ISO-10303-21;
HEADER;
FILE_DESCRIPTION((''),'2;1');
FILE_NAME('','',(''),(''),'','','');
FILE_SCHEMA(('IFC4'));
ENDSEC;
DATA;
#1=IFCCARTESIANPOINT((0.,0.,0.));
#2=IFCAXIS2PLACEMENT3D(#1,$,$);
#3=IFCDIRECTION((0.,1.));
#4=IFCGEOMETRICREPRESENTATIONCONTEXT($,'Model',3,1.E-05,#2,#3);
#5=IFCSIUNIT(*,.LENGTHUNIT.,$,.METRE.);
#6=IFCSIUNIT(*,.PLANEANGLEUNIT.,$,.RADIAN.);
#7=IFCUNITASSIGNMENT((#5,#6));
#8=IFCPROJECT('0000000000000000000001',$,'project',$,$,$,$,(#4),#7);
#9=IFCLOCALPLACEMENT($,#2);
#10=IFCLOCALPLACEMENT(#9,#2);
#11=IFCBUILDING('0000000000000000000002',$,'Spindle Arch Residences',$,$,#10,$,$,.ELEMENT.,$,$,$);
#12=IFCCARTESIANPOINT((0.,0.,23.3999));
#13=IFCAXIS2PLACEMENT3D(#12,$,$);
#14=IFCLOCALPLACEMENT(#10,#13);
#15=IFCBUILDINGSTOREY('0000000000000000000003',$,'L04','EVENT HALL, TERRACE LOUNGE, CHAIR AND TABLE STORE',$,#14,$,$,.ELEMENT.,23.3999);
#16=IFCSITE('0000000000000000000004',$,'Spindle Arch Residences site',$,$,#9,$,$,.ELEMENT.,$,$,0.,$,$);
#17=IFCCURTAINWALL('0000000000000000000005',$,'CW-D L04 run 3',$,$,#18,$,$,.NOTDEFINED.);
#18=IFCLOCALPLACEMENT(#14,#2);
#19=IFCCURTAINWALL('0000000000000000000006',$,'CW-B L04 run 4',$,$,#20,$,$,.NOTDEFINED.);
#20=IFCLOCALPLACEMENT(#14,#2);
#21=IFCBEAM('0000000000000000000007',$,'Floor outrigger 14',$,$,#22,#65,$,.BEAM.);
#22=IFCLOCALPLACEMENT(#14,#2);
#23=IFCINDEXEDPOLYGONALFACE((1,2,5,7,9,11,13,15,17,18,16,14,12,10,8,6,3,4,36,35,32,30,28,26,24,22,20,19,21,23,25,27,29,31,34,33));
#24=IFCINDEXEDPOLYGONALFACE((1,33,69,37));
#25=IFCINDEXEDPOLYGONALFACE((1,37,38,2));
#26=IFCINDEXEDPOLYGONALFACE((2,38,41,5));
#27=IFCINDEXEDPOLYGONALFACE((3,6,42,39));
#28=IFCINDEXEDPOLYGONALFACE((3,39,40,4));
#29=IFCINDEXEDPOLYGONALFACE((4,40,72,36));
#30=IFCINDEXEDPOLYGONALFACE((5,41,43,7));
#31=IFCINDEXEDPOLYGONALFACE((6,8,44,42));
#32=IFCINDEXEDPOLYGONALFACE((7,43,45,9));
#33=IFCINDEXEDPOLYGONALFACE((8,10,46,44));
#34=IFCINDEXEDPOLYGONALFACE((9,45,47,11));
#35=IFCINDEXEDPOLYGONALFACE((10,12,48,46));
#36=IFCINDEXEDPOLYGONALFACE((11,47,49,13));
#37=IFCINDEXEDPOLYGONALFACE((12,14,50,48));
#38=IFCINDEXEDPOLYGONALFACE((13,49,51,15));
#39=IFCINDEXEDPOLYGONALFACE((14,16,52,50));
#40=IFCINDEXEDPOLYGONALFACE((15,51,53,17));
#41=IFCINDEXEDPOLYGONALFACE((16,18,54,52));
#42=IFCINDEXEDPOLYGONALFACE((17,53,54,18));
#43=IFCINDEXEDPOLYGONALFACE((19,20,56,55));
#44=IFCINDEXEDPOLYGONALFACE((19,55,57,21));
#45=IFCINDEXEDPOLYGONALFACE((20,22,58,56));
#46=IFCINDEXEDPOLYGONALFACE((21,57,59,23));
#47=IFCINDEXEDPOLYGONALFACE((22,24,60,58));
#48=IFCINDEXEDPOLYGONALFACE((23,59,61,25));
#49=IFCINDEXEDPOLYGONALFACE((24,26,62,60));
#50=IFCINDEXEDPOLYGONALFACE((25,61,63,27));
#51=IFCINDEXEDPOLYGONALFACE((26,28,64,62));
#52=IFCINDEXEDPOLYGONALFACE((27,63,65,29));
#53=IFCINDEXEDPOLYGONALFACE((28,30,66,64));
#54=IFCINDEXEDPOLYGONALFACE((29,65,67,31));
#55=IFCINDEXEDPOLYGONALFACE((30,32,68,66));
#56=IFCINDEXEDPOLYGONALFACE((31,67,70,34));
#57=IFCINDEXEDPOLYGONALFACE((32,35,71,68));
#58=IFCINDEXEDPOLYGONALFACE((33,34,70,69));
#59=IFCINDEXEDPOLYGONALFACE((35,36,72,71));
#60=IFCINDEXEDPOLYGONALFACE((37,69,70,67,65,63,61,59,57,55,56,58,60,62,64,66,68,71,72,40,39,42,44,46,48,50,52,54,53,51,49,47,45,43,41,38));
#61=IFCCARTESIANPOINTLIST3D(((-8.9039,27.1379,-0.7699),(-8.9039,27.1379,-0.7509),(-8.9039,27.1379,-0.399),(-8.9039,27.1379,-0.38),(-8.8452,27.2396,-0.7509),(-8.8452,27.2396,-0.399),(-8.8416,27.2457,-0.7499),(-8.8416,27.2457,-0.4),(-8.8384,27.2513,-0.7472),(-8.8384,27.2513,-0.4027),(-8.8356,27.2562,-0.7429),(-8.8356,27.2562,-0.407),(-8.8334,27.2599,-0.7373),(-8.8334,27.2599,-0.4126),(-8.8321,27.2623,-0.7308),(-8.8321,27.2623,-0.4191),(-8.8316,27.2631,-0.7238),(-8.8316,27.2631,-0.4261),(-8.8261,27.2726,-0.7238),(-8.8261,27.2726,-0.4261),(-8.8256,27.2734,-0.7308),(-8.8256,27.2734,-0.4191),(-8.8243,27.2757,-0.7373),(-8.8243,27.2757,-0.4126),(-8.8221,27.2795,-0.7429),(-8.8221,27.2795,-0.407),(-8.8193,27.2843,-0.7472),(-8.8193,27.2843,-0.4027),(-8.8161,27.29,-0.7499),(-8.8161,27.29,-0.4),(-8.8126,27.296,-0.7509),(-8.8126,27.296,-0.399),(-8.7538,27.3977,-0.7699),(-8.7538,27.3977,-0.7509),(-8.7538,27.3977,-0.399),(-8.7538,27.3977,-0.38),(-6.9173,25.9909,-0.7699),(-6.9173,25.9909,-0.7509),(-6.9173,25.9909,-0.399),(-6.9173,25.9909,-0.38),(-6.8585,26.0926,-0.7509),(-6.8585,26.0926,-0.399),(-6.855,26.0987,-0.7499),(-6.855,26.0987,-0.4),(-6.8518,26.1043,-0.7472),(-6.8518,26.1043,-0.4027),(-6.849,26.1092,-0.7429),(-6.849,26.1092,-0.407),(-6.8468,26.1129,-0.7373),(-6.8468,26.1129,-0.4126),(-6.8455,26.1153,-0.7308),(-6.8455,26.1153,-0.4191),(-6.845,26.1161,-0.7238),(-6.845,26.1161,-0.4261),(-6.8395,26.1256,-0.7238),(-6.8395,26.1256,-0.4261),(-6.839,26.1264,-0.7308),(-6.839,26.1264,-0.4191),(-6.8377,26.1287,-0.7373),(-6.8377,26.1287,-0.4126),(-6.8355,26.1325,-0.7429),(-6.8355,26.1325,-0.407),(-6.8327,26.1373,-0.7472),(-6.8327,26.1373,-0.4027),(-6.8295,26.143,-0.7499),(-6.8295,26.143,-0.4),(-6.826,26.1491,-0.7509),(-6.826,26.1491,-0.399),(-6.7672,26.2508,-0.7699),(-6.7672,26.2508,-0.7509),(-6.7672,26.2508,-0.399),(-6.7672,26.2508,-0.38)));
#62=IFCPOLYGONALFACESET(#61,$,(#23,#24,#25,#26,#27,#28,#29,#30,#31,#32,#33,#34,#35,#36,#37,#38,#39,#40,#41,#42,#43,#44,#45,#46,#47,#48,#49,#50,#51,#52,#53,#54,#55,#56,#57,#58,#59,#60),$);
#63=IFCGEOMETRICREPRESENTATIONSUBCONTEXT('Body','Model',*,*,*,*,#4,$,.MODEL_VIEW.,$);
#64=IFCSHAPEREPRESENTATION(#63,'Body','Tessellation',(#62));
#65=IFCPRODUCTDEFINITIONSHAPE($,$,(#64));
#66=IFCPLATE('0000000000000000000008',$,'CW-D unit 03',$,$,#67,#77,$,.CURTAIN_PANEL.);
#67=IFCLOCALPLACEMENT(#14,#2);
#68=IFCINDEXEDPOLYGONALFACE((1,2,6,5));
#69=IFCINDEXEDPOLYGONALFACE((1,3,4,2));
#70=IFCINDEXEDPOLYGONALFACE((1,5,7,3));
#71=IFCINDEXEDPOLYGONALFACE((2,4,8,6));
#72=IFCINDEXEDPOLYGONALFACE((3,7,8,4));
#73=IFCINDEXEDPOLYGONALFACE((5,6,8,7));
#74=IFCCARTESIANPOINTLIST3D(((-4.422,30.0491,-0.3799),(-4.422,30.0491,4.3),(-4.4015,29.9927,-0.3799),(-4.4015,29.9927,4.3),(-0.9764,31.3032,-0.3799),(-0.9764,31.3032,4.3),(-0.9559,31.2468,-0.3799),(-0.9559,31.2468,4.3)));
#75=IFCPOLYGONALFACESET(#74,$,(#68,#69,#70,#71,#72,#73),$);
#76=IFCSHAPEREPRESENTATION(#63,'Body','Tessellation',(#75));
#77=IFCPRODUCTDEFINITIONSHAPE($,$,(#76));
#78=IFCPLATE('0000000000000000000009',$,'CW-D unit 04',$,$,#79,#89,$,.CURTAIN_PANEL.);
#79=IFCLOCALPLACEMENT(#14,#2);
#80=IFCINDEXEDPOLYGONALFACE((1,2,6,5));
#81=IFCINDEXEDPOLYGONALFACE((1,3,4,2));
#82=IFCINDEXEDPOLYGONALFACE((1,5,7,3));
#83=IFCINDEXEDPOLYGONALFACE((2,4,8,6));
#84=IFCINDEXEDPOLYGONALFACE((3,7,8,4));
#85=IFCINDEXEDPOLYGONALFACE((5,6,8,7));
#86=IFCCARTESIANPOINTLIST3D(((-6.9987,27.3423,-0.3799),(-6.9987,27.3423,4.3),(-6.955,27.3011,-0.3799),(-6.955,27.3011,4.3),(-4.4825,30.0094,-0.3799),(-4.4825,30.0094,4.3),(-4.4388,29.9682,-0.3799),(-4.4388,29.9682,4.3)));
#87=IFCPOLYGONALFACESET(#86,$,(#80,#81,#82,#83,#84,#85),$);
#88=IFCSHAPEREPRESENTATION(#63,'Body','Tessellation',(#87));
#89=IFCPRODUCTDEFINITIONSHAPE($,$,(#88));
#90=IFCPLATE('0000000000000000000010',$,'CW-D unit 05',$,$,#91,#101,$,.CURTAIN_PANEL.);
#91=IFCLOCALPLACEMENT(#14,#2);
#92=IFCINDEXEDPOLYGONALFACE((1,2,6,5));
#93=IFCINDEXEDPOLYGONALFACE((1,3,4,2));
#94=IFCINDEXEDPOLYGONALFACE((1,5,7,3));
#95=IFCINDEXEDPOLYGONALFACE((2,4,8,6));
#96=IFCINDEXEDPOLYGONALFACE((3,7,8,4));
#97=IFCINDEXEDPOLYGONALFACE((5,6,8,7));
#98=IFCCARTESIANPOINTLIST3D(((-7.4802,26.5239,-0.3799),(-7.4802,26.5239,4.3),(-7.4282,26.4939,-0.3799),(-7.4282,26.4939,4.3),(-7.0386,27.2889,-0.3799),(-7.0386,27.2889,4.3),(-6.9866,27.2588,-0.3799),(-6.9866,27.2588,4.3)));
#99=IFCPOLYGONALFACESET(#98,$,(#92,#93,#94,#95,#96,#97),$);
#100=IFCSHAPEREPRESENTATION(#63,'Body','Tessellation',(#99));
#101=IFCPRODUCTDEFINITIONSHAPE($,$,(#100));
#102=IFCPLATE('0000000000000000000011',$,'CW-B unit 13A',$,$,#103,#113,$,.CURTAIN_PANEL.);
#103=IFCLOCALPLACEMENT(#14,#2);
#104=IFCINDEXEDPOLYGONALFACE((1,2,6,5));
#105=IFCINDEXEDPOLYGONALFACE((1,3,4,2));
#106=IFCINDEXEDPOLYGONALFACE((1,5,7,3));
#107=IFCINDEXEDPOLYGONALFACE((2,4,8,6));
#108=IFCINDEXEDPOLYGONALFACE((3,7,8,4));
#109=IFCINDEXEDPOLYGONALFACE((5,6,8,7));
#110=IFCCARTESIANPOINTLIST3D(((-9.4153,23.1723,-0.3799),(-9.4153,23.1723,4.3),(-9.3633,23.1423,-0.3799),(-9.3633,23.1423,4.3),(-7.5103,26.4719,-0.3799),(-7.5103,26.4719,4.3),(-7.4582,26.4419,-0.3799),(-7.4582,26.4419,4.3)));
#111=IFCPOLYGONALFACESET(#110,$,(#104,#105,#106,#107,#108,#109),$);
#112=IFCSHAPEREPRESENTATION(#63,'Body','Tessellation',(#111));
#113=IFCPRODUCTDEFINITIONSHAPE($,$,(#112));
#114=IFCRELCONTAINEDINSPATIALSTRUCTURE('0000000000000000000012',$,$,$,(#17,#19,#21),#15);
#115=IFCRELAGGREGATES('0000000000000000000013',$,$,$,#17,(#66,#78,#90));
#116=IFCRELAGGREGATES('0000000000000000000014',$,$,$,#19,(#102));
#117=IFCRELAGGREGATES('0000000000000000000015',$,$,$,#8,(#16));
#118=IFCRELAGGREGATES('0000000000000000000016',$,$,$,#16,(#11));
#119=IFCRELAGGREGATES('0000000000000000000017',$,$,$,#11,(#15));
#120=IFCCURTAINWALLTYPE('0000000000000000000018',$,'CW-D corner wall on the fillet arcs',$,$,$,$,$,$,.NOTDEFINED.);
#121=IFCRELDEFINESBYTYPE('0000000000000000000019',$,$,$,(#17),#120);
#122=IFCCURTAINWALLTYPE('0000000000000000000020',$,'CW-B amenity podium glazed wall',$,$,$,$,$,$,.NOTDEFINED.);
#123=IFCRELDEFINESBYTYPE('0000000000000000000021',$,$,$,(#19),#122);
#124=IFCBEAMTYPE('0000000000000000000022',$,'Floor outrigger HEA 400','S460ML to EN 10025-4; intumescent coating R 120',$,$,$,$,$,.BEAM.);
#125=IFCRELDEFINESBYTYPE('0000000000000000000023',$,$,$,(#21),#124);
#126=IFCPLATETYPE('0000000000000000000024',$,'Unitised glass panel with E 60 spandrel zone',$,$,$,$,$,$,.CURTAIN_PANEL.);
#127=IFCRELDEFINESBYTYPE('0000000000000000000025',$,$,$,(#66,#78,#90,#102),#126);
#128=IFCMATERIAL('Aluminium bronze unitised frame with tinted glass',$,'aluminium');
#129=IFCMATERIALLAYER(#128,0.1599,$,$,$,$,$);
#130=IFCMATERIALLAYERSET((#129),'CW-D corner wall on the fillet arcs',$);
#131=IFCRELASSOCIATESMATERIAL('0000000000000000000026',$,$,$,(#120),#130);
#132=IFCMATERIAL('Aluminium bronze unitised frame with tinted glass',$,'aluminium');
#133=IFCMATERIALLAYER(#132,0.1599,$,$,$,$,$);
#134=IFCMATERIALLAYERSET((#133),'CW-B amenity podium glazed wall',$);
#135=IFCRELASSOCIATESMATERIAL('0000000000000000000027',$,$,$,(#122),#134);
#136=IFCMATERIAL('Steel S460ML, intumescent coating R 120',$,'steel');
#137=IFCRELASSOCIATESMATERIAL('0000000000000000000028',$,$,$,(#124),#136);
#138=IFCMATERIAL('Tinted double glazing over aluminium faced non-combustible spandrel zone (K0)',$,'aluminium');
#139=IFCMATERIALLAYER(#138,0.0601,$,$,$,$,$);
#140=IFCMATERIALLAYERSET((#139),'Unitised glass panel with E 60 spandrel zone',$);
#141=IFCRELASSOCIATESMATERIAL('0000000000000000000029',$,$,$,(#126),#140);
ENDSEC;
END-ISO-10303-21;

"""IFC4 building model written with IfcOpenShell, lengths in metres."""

from ifc_helpers import new_model, si_unit, direction, frame, origin, origin_2d, place, context, subcontext, project, spatial, rectangle, i_section, extrude, material, layer, layer_set, material_profile, profile_set, type_object, element, aggregate, save


model = new_model("IFC4")

# Units and contexts
model_context = context("Model", 3, precision=1e-05, world=origin(), true_north=direction((0.0, 1.0)))
body_context = subcontext(model_context, "Body", "Model", "MODEL_VIEW")
ifc_project = project(units=[si_unit("LENGTHUNIT", "METRE"), si_unit("PLANEANGLEUNIT", "RADIAN")], contexts=[model_context])

# Site, building, storey
site_placement = place(None, origin())
site = spatial("IfcSite", under=ifc_project, at=site_placement, Name="Spindle Arch Residences site", CompositionType="ELEMENT", RefElevation=0.0)
building_placement = place(site_placement, origin())
building = spatial("IfcBuilding", under=site, at=building_placement, Name="Spindle Arch Residences", CompositionType="ELEMENT")
storey_placement = place(building_placement, frame((0.0, 0.0, 23.3999)))
storey = spatial("IfcBuildingStorey", under=building, at=storey_placement, Name="L04", Description="EVENT HALL, TERRACE LOUNGE, CHAIR AND TABLE STORE", CompositionType="ELEMENT", Elevation=23.3999)

# Curtain wall
ifc_material_1 = material(Name="Aluminium bronze unitised frame with tinted glass", Category="aluminium")
ifc_layer_1 = layer(ifc_material_1, 0.1599)
ifc_layer_set_1 = layer_set([ifc_layer_1], Name="CW-D corner wall on the fillet arcs")
curtain_wall_type_1 = type_object("IfcCurtainWallType", Name="CW-D corner wall on the fillet arcs", PredefinedType="NOTDEFINED", material=ifc_layer_set_1)
curtain_wall_1_placement = place(storey_placement, origin())
curtain_wall_1 = element("IfcCurtainWall", 1, at=curtain_wall_1_placement, inside=storey, type_object=curtain_wall_type_1, Name="CW-D L04 run 3", PredefinedType="NOTDEFINED")

# Curtain wall
ifc_material_2 = material(Name="Aluminium bronze unitised frame with tinted glass", Category="aluminium")
ifc_layer_2 = layer(ifc_material_2, 0.1599)
ifc_layer_set_2 = layer_set([ifc_layer_2], Name="CW-B amenity podium glazed wall")
curtain_wall_type_2 = type_object("IfcCurtainWallType", Name="CW-B amenity podium glazed wall", PredefinedType="NOTDEFINED", material=ifc_layer_set_2)
curtain_wall_2_placement = place(storey_placement, origin())
curtain_wall_2 = element("IfcCurtainWall", 2, at=curtain_wall_2_placement, inside=storey, type_object=curtain_wall_type_2, Name="CW-B L04 run 4", PredefinedType="NOTDEFINED")

# Beam
ifc_material_3 = material(Name="Steel S460ML, intumescent coating R 120", Category="steel")
ifc_material_profile_1 = material_profile(ifc_material_3, i_section(OverallWidth=0.3, OverallDepth=0.3899, WebThickness=0.011, FlangeThickness=0.019, FilletRadius=0.0271, at=origin_2d()), Name="HEA 400")
ifc_profile_set_1 = profile_set([ifc_material_profile_1], Name="Steel S460ML, intumescent coating R 120")
beam_type_1 = type_object("IfcBeamType", Name="Floor outrigger HEA 400", Description="S460ML to EN 10025-4; intumescent coating R 120", PredefinedType="BEAM", material=ifc_profile_set_1)
beam_1_placement = place(storey_placement, frame((-8.8289, 27.2678, -0.575), z_axis=(0.866021, -0.500008, 0.0), x_axis=(0.500008, 0.866021, 0.0)))
element("IfcBeam", 3, at=beam_1_placement, inside=storey, type_object=beam_type_1, Name="Floor outrigger 14", PredefinedType="BEAM", context=body_context, shape_type="SweptSolid", body=[
    extrude(i_section(OverallWidth=0.3, OverallDepth=0.3899, WebThickness=0.011, FlangeThickness=0.019, FilletRadius=0.0271, at=origin_2d()), origin(), (0.0, 0.0, 1.0), 2.2939),
])

# Plates
ifc_material_4 = material(Name="Tinted double glazing over aluminium faced non-combustible spandrel zone (K0)", Category="aluminium")
ifc_layer_3 = layer(ifc_material_4, 0.0601)
ifc_layer_set_3 = layer_set([ifc_layer_3], Name="Unitised glass panel with E 60 spandrel zone")
plate_type = type_object("IfcPlateType", Name="Unitised glass panel with E 60 spandrel zone", PredefinedType="CURTAIN_PANEL", material=ifc_layer_set_3)
plate_1_placement = place(storey_placement, frame((-2.689, 30.6479, -0.3799), z_axis=(0.0, 0.0, 1.0), x_axis=(-0.939693, -0.34202, 0.0)))
plate_1 = element("IfcPlate", 4, at=plate_1_placement, type_object=plate_type, Name="CW-D unit 03", PredefinedType="CURTAIN_PANEL", context=body_context, shape_type="SweptSolid", body=[
    extrude(rectangle(XDim=3.6667, YDim=0.0601, at=origin_2d()), origin(), (0.0, 0.0, 1.0), 4.6799),
])
plate_2_placement = place(storey_placement, frame((-5.7188, 28.6553, -0.3799), z_axis=(0.0, 0.0, 1.0), x_axis=(-0.686242, -0.727374, 0.0)))
plate_2 = element("IfcPlate", 5, at=plate_2_placement, type_object=plate_type, Name="CW-D unit 04", PredefinedType="CURTAIN_PANEL", context=body_context, shape_type="SweptSolid", body=[
    extrude(rectangle(XDim=3.6667, YDim=0.0601, at=origin_2d()), origin(), (0.0, 0.0, 1.0), 4.6799),
])
plate_3_placement = place(storey_placement, frame((-7.2334, 26.8914, -0.3799), z_axis=(0.0, 0.0, 1.0), x_axis=(-0.5, -0.866025, 0.0)))
plate_3 = element("IfcPlate", 6, at=plate_3_placement, type_object=plate_type, Name="CW-D unit 05", PredefinedType="CURTAIN_PANEL", context=body_context, shape_type="SweptSolid", body=[
    extrude(rectangle(XDim=0.8833, YDim=0.0601, at=origin_2d()), origin(), (0.0, 0.0, 1.0), 4.6799),
])
aggregate(curtain_wall_1, [plate_1, plate_2, plate_3])
plate_4_placement = place(storey_placement, frame((-8.4368, 24.8071, -0.3799), z_axis=(0.0, 0.0, 1.0), x_axis=(-0.5, -0.866025, 0.0)))
plate_4 = element("IfcPlate", 7, at=plate_4_placement, type_object=plate_type, Name="CW-B unit 13A", PredefinedType="CURTAIN_PANEL", context=body_context, shape_type="SweptSolid", body=[
    extrude(rectangle(XDim=3.8101, YDim=0.0601, at=origin_2d()), origin(), (0.0, 0.0, 1.0), 4.6799),
])
aggregate(curtain_wall_2, [plate_4])

save(model, "model.ifc")
